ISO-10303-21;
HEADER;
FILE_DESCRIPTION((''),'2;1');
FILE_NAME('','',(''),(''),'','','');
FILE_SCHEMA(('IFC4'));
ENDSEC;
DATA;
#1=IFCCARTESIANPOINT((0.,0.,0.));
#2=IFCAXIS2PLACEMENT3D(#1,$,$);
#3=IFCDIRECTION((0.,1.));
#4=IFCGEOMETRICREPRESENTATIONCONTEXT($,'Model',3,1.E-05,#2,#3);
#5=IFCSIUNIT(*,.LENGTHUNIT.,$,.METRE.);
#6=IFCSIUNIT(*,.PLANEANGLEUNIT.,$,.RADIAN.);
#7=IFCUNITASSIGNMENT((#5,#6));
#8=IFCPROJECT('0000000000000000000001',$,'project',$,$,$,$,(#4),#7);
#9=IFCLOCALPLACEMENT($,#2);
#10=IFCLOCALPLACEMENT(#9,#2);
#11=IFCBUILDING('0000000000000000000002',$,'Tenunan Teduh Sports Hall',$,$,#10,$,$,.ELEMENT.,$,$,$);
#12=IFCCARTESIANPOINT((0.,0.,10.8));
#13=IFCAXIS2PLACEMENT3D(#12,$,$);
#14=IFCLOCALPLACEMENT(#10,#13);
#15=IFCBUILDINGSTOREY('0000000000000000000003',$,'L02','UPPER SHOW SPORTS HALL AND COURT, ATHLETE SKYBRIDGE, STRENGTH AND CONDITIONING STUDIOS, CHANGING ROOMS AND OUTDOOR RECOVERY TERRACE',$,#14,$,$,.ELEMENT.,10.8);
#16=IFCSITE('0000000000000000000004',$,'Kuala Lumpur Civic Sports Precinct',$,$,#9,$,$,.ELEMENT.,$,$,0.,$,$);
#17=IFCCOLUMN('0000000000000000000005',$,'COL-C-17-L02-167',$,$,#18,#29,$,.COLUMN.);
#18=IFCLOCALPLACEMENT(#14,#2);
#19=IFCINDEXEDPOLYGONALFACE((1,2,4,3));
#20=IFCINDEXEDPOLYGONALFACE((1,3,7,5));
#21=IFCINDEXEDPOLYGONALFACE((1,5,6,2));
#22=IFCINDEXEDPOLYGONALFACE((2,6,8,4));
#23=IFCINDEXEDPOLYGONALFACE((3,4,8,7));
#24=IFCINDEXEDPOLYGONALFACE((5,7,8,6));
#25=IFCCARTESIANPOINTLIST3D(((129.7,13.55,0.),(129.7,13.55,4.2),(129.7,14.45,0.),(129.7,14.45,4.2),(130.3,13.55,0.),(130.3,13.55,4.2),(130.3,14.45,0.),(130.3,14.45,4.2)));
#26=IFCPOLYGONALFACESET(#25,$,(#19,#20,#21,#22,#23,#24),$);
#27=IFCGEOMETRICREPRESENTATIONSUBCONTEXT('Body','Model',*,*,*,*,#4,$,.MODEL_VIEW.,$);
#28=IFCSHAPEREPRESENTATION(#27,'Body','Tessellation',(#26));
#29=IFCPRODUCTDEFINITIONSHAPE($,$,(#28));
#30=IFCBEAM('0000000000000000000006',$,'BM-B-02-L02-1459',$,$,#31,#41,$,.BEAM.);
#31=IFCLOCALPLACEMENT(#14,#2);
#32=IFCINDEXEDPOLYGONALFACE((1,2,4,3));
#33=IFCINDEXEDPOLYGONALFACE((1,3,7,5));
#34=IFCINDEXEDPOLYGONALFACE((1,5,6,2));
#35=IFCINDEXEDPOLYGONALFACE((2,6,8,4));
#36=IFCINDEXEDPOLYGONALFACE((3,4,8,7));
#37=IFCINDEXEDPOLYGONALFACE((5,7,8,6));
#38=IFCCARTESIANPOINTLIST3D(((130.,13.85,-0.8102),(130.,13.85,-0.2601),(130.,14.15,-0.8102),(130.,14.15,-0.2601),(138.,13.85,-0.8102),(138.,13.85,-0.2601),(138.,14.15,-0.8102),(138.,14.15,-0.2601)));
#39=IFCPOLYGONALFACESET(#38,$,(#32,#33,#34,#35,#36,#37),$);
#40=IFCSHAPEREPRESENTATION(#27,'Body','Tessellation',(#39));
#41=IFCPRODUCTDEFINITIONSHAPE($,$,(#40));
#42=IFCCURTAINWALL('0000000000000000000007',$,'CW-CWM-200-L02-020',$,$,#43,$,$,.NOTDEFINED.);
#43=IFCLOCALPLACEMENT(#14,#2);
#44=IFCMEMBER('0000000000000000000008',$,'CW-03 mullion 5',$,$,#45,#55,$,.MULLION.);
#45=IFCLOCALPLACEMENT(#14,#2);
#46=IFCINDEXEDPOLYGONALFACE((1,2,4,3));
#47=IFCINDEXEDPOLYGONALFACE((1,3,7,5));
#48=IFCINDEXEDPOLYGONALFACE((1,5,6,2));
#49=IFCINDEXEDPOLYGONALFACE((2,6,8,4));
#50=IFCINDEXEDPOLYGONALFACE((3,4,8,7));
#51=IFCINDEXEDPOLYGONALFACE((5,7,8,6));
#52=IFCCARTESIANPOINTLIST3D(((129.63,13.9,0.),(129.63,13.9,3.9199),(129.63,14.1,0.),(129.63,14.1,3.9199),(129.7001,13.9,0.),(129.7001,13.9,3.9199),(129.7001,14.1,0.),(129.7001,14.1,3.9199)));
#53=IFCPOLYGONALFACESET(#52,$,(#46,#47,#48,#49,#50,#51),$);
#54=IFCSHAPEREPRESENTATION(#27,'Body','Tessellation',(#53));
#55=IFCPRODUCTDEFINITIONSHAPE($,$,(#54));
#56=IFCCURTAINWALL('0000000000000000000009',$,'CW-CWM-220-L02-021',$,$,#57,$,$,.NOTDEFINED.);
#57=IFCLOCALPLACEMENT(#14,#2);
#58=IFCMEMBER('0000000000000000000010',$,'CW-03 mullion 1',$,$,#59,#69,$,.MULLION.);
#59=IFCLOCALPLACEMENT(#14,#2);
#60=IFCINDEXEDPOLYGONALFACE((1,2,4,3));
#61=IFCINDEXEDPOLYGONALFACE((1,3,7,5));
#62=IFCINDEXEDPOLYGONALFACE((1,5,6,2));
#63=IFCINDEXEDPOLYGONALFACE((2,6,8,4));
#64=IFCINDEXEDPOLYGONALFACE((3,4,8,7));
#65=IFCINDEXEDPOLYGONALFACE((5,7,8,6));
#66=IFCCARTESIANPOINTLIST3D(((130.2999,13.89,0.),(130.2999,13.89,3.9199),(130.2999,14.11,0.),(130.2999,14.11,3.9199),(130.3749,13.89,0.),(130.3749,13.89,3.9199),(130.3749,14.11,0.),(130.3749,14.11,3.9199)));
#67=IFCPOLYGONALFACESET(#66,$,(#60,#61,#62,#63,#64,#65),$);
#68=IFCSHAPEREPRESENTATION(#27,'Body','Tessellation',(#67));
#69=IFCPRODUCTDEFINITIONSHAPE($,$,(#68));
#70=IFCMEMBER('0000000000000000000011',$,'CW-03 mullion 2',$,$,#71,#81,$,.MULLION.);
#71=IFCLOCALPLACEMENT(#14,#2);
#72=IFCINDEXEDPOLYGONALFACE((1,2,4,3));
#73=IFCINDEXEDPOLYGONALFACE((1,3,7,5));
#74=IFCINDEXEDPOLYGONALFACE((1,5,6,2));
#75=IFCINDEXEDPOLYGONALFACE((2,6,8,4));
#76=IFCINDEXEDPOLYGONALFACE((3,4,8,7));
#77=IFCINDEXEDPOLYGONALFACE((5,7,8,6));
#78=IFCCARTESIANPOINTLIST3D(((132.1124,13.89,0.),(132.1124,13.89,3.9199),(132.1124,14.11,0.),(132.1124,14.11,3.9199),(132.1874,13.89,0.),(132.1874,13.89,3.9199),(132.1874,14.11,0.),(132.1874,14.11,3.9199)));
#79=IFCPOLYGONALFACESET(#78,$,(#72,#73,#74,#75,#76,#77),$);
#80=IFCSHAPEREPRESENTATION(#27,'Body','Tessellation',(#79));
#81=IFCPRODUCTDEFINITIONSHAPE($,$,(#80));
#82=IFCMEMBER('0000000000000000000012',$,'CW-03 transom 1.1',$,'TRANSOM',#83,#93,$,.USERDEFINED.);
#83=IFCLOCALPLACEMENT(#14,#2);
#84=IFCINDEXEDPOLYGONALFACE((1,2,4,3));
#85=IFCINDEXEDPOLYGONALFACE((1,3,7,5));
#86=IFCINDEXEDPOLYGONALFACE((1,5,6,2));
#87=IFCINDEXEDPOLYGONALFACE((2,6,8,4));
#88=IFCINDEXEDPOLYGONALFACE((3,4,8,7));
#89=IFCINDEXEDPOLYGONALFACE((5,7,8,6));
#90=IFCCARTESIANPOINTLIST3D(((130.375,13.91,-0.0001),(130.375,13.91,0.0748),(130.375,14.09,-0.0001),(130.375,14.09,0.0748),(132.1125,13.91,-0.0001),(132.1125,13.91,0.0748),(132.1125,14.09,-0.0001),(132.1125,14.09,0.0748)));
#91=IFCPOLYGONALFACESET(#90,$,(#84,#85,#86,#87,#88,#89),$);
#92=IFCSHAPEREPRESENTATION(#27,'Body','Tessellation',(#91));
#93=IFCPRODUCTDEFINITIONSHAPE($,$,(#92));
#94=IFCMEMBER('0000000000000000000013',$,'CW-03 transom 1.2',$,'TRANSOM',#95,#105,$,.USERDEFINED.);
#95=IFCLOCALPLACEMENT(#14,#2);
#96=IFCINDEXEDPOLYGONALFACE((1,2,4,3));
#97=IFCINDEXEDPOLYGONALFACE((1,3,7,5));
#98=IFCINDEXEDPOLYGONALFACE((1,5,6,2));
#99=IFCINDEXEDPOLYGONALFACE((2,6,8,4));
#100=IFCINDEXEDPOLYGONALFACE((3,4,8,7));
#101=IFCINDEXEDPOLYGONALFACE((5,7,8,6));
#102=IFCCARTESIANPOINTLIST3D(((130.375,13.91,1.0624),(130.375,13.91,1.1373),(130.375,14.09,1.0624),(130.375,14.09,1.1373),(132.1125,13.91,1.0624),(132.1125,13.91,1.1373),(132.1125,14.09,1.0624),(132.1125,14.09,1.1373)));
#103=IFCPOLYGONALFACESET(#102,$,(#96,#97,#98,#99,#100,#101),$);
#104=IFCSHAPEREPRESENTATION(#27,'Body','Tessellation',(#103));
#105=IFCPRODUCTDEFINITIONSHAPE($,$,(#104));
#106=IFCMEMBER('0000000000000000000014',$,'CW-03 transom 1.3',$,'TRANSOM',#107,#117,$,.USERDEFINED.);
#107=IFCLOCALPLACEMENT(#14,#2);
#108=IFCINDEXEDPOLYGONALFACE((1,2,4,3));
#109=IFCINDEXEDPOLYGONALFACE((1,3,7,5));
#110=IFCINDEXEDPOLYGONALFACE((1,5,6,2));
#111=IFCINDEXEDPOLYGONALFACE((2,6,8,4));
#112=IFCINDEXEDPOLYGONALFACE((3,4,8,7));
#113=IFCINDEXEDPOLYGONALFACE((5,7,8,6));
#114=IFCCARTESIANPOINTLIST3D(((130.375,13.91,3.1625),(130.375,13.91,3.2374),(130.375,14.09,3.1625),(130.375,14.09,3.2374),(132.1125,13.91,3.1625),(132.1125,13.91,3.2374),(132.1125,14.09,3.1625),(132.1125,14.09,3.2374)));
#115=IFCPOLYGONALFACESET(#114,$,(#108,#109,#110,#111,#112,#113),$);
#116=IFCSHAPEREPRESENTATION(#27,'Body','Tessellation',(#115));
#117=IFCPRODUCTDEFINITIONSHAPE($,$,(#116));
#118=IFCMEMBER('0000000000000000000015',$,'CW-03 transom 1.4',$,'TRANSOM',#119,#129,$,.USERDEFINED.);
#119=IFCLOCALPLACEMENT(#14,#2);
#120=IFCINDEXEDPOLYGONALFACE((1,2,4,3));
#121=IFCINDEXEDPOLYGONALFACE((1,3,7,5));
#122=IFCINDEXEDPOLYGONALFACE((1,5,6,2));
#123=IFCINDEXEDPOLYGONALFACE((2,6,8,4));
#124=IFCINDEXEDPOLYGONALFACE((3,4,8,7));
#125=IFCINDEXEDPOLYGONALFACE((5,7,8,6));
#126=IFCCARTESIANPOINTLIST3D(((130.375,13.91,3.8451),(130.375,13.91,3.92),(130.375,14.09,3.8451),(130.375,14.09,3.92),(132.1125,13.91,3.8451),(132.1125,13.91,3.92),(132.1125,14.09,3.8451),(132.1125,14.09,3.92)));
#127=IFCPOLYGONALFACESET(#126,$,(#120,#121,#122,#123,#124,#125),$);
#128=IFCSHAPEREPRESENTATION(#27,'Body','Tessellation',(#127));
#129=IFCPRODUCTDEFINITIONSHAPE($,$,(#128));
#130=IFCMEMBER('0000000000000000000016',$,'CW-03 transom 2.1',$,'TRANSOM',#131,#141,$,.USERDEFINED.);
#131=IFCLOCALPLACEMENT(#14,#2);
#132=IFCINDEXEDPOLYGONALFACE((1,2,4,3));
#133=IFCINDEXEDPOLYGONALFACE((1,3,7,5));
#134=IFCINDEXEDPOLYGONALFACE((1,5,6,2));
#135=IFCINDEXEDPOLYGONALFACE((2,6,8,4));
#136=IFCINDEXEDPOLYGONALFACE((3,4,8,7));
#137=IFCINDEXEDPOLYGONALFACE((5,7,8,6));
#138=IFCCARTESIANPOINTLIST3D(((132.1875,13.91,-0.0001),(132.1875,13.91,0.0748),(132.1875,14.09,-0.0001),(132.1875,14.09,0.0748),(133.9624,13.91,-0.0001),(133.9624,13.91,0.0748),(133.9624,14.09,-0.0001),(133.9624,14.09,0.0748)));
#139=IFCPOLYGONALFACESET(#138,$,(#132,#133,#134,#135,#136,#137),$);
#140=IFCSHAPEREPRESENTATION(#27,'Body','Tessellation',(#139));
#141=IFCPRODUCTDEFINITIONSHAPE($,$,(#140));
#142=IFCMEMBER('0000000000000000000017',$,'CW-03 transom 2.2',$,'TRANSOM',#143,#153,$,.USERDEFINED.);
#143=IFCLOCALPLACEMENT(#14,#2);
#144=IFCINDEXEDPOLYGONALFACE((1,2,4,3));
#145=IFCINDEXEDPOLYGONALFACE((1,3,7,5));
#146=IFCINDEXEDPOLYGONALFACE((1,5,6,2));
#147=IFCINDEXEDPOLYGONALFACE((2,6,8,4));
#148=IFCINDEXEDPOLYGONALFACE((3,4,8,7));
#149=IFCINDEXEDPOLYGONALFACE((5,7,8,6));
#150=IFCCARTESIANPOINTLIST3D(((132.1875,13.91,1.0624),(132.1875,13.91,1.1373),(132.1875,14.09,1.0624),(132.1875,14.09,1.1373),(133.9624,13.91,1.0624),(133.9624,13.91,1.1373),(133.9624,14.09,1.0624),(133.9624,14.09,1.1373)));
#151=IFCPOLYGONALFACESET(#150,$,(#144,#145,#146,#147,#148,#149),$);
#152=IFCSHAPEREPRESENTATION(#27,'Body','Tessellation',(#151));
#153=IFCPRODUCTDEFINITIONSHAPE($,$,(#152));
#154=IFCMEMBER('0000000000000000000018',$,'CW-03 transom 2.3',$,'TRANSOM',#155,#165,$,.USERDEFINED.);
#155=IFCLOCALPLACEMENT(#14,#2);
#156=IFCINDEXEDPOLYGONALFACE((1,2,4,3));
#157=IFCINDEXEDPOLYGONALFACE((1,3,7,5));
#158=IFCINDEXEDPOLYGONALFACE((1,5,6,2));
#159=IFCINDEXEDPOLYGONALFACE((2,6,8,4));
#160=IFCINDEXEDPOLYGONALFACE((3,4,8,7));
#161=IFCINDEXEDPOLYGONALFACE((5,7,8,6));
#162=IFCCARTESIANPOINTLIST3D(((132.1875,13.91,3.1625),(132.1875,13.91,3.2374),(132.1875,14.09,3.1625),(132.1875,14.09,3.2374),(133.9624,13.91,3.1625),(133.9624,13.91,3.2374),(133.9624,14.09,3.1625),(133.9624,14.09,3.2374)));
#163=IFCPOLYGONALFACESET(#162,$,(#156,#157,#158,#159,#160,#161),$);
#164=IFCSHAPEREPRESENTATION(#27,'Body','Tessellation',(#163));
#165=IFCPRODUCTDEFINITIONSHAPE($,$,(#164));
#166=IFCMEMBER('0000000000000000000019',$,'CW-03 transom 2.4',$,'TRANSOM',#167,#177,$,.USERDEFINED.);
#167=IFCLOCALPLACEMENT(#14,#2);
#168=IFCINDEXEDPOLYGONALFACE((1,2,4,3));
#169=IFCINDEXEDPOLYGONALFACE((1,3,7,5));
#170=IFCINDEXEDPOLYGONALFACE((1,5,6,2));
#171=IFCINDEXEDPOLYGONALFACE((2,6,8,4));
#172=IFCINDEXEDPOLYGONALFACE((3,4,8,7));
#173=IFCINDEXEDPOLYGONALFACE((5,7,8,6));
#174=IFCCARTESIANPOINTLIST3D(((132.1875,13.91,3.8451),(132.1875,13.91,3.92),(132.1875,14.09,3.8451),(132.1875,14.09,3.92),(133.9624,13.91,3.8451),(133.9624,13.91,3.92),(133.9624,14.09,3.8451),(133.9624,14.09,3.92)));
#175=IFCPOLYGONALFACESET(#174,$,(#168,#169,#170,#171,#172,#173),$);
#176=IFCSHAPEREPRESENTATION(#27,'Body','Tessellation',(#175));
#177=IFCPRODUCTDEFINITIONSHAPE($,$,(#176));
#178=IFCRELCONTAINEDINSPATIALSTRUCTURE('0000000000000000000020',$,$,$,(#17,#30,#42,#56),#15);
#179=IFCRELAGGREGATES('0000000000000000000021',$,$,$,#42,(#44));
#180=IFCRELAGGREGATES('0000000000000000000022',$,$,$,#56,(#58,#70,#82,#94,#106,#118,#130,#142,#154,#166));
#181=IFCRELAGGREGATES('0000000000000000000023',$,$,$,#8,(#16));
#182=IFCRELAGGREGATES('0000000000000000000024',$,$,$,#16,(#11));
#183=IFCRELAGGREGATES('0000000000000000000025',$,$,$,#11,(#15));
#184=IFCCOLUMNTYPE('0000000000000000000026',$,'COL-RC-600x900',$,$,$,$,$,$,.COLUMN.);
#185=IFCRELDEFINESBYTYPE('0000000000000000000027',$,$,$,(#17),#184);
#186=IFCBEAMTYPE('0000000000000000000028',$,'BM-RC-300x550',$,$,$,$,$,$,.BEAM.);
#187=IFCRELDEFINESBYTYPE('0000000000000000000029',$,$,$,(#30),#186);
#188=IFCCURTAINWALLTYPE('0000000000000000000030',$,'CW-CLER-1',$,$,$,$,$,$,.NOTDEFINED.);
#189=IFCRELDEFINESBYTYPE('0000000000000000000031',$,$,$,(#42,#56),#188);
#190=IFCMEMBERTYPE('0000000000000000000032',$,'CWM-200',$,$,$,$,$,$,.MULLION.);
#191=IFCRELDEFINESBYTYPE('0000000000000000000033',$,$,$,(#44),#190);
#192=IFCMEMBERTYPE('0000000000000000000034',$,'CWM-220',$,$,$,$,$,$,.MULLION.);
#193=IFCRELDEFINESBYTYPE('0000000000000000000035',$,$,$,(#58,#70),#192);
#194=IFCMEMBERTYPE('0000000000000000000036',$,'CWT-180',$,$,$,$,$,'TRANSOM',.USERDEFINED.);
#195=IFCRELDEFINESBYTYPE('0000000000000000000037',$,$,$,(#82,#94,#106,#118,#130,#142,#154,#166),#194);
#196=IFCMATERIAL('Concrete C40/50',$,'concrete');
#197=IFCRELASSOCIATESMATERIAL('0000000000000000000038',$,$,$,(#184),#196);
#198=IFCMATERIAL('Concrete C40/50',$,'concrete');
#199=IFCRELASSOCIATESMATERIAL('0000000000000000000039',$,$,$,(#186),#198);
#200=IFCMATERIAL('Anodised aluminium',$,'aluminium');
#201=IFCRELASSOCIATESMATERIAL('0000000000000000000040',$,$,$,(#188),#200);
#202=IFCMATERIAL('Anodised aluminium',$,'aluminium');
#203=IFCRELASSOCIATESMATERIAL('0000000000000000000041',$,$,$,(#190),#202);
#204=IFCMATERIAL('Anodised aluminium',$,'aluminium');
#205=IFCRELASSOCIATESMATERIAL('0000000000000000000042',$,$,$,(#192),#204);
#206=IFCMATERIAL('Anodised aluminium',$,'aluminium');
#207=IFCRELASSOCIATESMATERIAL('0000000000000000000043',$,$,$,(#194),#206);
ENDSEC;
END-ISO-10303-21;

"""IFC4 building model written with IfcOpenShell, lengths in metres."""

from ifc_helpers import new_model, si_unit, direction, frame, origin, origin_2d, place, context, subcontext, project, spatial, rectangle, extrude, material, material_profile, profile_set, type_object, element, aggregate, save


model = new_model("IFC4")

# Units and contexts
model_context = context("Model", 3, precision=1e-05, world=origin(), true_north=direction((0.0, 1.0)))
body_context = subcontext(model_context, "Body", "Model", "MODEL_VIEW")
ifc_project = project(units=[si_unit("LENGTHUNIT", "METRE"), si_unit("PLANEANGLEUNIT", "RADIAN")], contexts=[model_context])

# Site, building, storey
site_placement = place(None, origin())
site = spatial("IfcSite", under=ifc_project, at=site_placement, Name="Kuala Lumpur Civic Sports Precinct", CompositionType="ELEMENT", RefElevation=0.0)
building_placement = place(site_placement, origin())
building = spatial("IfcBuilding", under=site, at=building_placement, Name="Tenunan Teduh Sports Hall", CompositionType="ELEMENT")
storey_placement = place(building_placement, frame((0.0, 0.0, 10.8)))
storey = spatial("IfcBuildingStorey", under=building, at=storey_placement, Name="L02", Description="UPPER SHOW SPORTS HALL AND COURT, ATHLETE SKYBRIDGE, STRENGTH AND CONDITIONING STUDIOS, CHANGING ROOMS AND OUTDOOR RECOVERY TERRACE", CompositionType="ELEMENT", Elevation=10.8)

# Column
ifc_material_1 = material(Name="Concrete C40/50", Category="concrete")
ifc_material_profile_1 = material_profile(ifc_material_1, rectangle(XDim=0.6001, YDim=0.8999, at=origin_2d()), Name="RC 600x900")
ifc_profile_set_1 = profile_set([ifc_material_profile_1], Name="Concrete C40/50")
column_type = type_object("IfcColumnType", Name="COL-RC-600x900", PredefinedType="COLUMN", material=ifc_profile_set_1)
column_placement = place(storey_placement, frame((130.0, 14.0, 0.0), z_axis=(0.0, 0.0, 1.0), x_axis=(1.0, 0.0, 0.0)))
element("IfcColumn", 1, at=column_placement, inside=storey, type_object=column_type, Name="COL-C-17-L02-167", PredefinedType="COLUMN", context=body_context, shape_type="SweptSolid", body=[
    extrude(rectangle(XDim=0.6001, YDim=0.8999, at=origin_2d()), origin(), (0.0, 0.0, 1.0), 4.2),
])

# Beam
ifc_material_2 = material(Name="Concrete C40/50", Category="concrete")
ifc_material_profile_2 = material_profile(ifc_material_2, rectangle(XDim=0.3, YDim=0.55, at=origin_2d()), Name="RCB 300x550")
ifc_profile_set_2 = profile_set([ifc_material_profile_2], Name="Concrete C40/50")
beam_type = type_object("IfcBeamType", Name="BM-RC-300x550", PredefinedType="BEAM", material=ifc_profile_set_2)
beam_placement = place(storey_placement, frame((130.0, 14.0, -0.5352), z_axis=(1.0, 0.0, 0.0), x_axis=(0.0, 1.0, 0.0)))
element("IfcBeam", 2, at=beam_placement, inside=storey, type_object=beam_type, Name="BM-B-02-L02-1459", PredefinedType="BEAM", context=body_context, shape_type="SweptSolid", body=[
    extrude(rectangle(XDim=0.3, YDim=0.55, at=origin_2d()), origin(), (0.0, 0.0, 1.0), 8.0),
])

# Curtain wall, member
ifc_material_3 = material(Name="Anodised aluminium", Category="aluminium")
curtain_wall_type = type_object("IfcCurtainWallType", Name="CW-CLER-1", PredefinedType="NOTDEFINED", material=ifc_material_3)
curtain_wall_1_placement = place(storey_placement, origin())
curtain_wall_1 = element("IfcCurtainWall", 3, at=curtain_wall_1_placement, inside=storey, type_object=curtain_wall_type, Name="CW-CWM-200-L02-020", PredefinedType="NOTDEFINED")
ifc_material_4 = material(Name="Anodised aluminium", Category="aluminium")
ifc_material_profile_3 = material_profile(ifc_material_4, rectangle(XDim=0.0701, YDim=0.2, at=origin_2d()), Name="CWM 70x200")
ifc_profile_set_3 = profile_set([ifc_material_profile_3], Name="Anodised aluminium")
member_type_1 = type_object("IfcMemberType", Name="CWM-200", PredefinedType="MULLION", material=ifc_profile_set_3)
member_1_placement = place(storey_placement, frame((129.665, 14.0, 0.0), z_axis=(0.0, 0.0, 1.0), x_axis=(1.0, 0.0, 0.0)))
member_1 = element("IfcMember", 4, at=member_1_placement, type_object=member_type_1, Name="CW-03 mullion 5", PredefinedType="MULLION", context=body_context, shape_type="SweptSolid", body=[
    extrude(rectangle(XDim=0.0701, YDim=0.2, at=origin_2d()), origin(), (0.0, 0.0, 1.0), 3.9199),
])

# Curtain wall, members
curtain_wall_2_placement = place(storey_placement, origin())
curtain_wall_2 = element("IfcCurtainWall", 5, at=curtain_wall_2_placement, inside=storey, type_object=curtain_wall_type, Name="CW-CWM-220-L02-021", PredefinedType="NOTDEFINED")
ifc_material_5 = material(Name="Anodised aluminium", Category="aluminium")
ifc_material_profile_4 = material_profile(ifc_material_5, rectangle(XDim=0.075, YDim=0.22, at=origin_2d()), Name="CWM 75x220")
ifc_profile_set_4 = profile_set([ifc_material_profile_4], Name="Anodised aluminium")
member_type_2 = type_object("IfcMemberType", Name="CWM-220", PredefinedType="MULLION", material=ifc_profile_set_4)
member_2_placement = place(storey_placement, frame((130.3374, 14.0, 0.0), z_axis=(0.0, 0.0, 1.0), x_axis=(1.0, 0.0, 0.0)))
member_2 = element("IfcMember", 6, at=member_2_placement, type_object=member_type_2, Name="CW-03 mullion 1", PredefinedType="MULLION", context=body_context, shape_type="SweptSolid", body=[
    extrude(rectangle(XDim=0.075, YDim=0.22, at=origin_2d()), origin(), (0.0, 0.0, 1.0), 3.9199),
])
member_3_placement = place(storey_placement, frame((132.1499, 14.0, 0.0), z_axis=(0.0, 0.0, 1.0), x_axis=(1.0, 0.0, 0.0)))
member_3 = element("IfcMember", 7, at=member_3_placement, type_object=member_type_2, Name="CW-03 mullion 2", PredefinedType="MULLION", context=body_context, shape_type="SweptSolid", body=[
    extrude(rectangle(XDim=0.075, YDim=0.22, at=origin_2d()), origin(), (0.0, 0.0, 1.0), 3.9199),
])
ifc_material_6 = material(Name="Anodised aluminium", Category="aluminium")
ifc_material_profile_5 = material_profile(ifc_material_6, rectangle(XDim=0.075, YDim=0.1799, at=origin_2d()), Name="CWT 75x180")
ifc_profile_set_5 = profile_set([ifc_material_profile_5], Name="Anodised aluminium")
member_type_3 = type_object("IfcMemberType", Name="CWT-180", ElementType="TRANSOM", PredefinedType="USERDEFINED", material=ifc_profile_set_5)
member_4_placement = place(storey_placement, frame((130.375, 14.0, 0.0374), z_axis=(1.0, 0.0, 0.0), x_axis=(0.0, 0.0, 1.0)))
member_4 = element("IfcMember", 8, at=member_4_placement, type_object=member_type_3, Name="CW-03 transom 1.1", ObjectType="TRANSOM", PredefinedType="USERDEFINED", context=body_context, shape_type="SweptSolid", body=[
    extrude(rectangle(XDim=0.075, YDim=0.1799, at=origin_2d()), origin(), (0.0, 0.0, 1.0), 1.7375),
])
member_5_placement = place(storey_placement, frame((130.375, 14.0, 1.0999), z_axis=(1.0, 0.0, 0.0), x_axis=(0.0, 0.0, 1.0)))
member_5 = element("IfcMember", 9, at=member_5_placement, type_object=member_type_3, Name="CW-03 transom 1.2", ObjectType="TRANSOM", PredefinedType="USERDEFINED", context=body_context, shape_type="SweptSolid", body=[
    extrude(rectangle(XDim=0.075, YDim=0.1799, at=origin_2d()), origin(), (0.0, 0.0, 1.0), 1.7375),
])
member_6_placement = place(storey_placement, frame((130.375, 14.0, 3.2), z_axis=(1.0, 0.0, 0.0), x_axis=(0.0, 0.0, 1.0)))
member_6 = element("IfcMember", 10, at=member_6_placement, type_object=member_type_3, Name="CW-03 transom 1.3", ObjectType="TRANSOM", PredefinedType="USERDEFINED", context=body_context, shape_type="SweptSolid", body=[
    extrude(rectangle(XDim=0.075, YDim=0.1799, at=origin_2d()), origin(), (0.0, 0.0, 1.0), 1.7375),
])
member_7_placement = place(storey_placement, frame((130.375, 14.0, 3.8826), z_axis=(1.0, 0.0, 0.0), x_axis=(0.0, 0.0, 1.0)))
member_7 = element("IfcMember", 11, at=member_7_placement, type_object=member_type_3, Name="CW-03 transom 1.4", ObjectType="TRANSOM", PredefinedType="USERDEFINED", context=body_context, shape_type="SweptSolid", body=[
    extrude(rectangle(XDim=0.075, YDim=0.1799, at=origin_2d()), origin(), (0.0, 0.0, 1.0), 1.7375),
])
member_8_placement = place(storey_placement, frame((132.1875, 14.0, 0.0374), z_axis=(1.0, 0.0, 0.0), x_axis=(0.0, 0.0, 1.0)))
member_8 = element("IfcMember", 12, at=member_8_placement, type_object=member_type_3, Name="CW-03 transom 2.1", ObjectType="TRANSOM", PredefinedType="USERDEFINED", context=body_context, shape_type="SweptSolid", body=[
    extrude(rectangle(XDim=0.075, YDim=0.1799, at=origin_2d()), origin(), (0.0, 0.0, 1.0), 1.7749),
])
member_9_placement = place(storey_placement, frame((132.1875, 14.0, 1.0999), z_axis=(1.0, 0.0, 0.0), x_axis=(0.0, 0.0, 1.0)))
member_9 = element("IfcMember", 13, at=member_9_placement, type_object=member_type_3, Name="CW-03 transom 2.2", ObjectType="TRANSOM", PredefinedType="USERDEFINED", context=body_context, shape_type="SweptSolid", body=[
    extrude(rectangle(XDim=0.075, YDim=0.1799, at=origin_2d()), origin(), (0.0, 0.0, 1.0), 1.7749),
])
member_10_placement = place(storey_placement, frame((132.1875, 14.0, 3.2), z_axis=(1.0, 0.0, 0.0), x_axis=(0.0, 0.0, 1.0)))
member_10 = element("IfcMember", 14, at=member_10_placement, type_object=member_type_3, Name="CW-03 transom 2.3", ObjectType="TRANSOM", PredefinedType="USERDEFINED", context=body_context, shape_type="SweptSolid", body=[
    extrude(rectangle(XDim=0.075, YDim=0.1799, at=origin_2d()), origin(), (0.0, 0.0, 1.0), 1.7749),
])
member_11_placement = place(storey_placement, frame((132.1875, 14.0, 3.8826), z_axis=(1.0, 0.0, 0.0), x_axis=(0.0, 0.0, 1.0)))
member_11 = element("IfcMember", 15, at=member_11_placement, type_object=member_type_3, Name="CW-03 transom 2.4", ObjectType="TRANSOM", PredefinedType="USERDEFINED", context=body_context, shape_type="SweptSolid", body=[
    extrude(rectangle(XDim=0.075, YDim=0.1799, at=origin_2d()), origin(), (0.0, 0.0, 1.0), 1.7749),
])

aggregate(curtain_wall_1, [member_1])
aggregate(curtain_wall_2, [member_2, member_3, member_4, member_5, member_6, member_7, member_8, member_9, member_10, member_11])

save(model, "model.ifc")
